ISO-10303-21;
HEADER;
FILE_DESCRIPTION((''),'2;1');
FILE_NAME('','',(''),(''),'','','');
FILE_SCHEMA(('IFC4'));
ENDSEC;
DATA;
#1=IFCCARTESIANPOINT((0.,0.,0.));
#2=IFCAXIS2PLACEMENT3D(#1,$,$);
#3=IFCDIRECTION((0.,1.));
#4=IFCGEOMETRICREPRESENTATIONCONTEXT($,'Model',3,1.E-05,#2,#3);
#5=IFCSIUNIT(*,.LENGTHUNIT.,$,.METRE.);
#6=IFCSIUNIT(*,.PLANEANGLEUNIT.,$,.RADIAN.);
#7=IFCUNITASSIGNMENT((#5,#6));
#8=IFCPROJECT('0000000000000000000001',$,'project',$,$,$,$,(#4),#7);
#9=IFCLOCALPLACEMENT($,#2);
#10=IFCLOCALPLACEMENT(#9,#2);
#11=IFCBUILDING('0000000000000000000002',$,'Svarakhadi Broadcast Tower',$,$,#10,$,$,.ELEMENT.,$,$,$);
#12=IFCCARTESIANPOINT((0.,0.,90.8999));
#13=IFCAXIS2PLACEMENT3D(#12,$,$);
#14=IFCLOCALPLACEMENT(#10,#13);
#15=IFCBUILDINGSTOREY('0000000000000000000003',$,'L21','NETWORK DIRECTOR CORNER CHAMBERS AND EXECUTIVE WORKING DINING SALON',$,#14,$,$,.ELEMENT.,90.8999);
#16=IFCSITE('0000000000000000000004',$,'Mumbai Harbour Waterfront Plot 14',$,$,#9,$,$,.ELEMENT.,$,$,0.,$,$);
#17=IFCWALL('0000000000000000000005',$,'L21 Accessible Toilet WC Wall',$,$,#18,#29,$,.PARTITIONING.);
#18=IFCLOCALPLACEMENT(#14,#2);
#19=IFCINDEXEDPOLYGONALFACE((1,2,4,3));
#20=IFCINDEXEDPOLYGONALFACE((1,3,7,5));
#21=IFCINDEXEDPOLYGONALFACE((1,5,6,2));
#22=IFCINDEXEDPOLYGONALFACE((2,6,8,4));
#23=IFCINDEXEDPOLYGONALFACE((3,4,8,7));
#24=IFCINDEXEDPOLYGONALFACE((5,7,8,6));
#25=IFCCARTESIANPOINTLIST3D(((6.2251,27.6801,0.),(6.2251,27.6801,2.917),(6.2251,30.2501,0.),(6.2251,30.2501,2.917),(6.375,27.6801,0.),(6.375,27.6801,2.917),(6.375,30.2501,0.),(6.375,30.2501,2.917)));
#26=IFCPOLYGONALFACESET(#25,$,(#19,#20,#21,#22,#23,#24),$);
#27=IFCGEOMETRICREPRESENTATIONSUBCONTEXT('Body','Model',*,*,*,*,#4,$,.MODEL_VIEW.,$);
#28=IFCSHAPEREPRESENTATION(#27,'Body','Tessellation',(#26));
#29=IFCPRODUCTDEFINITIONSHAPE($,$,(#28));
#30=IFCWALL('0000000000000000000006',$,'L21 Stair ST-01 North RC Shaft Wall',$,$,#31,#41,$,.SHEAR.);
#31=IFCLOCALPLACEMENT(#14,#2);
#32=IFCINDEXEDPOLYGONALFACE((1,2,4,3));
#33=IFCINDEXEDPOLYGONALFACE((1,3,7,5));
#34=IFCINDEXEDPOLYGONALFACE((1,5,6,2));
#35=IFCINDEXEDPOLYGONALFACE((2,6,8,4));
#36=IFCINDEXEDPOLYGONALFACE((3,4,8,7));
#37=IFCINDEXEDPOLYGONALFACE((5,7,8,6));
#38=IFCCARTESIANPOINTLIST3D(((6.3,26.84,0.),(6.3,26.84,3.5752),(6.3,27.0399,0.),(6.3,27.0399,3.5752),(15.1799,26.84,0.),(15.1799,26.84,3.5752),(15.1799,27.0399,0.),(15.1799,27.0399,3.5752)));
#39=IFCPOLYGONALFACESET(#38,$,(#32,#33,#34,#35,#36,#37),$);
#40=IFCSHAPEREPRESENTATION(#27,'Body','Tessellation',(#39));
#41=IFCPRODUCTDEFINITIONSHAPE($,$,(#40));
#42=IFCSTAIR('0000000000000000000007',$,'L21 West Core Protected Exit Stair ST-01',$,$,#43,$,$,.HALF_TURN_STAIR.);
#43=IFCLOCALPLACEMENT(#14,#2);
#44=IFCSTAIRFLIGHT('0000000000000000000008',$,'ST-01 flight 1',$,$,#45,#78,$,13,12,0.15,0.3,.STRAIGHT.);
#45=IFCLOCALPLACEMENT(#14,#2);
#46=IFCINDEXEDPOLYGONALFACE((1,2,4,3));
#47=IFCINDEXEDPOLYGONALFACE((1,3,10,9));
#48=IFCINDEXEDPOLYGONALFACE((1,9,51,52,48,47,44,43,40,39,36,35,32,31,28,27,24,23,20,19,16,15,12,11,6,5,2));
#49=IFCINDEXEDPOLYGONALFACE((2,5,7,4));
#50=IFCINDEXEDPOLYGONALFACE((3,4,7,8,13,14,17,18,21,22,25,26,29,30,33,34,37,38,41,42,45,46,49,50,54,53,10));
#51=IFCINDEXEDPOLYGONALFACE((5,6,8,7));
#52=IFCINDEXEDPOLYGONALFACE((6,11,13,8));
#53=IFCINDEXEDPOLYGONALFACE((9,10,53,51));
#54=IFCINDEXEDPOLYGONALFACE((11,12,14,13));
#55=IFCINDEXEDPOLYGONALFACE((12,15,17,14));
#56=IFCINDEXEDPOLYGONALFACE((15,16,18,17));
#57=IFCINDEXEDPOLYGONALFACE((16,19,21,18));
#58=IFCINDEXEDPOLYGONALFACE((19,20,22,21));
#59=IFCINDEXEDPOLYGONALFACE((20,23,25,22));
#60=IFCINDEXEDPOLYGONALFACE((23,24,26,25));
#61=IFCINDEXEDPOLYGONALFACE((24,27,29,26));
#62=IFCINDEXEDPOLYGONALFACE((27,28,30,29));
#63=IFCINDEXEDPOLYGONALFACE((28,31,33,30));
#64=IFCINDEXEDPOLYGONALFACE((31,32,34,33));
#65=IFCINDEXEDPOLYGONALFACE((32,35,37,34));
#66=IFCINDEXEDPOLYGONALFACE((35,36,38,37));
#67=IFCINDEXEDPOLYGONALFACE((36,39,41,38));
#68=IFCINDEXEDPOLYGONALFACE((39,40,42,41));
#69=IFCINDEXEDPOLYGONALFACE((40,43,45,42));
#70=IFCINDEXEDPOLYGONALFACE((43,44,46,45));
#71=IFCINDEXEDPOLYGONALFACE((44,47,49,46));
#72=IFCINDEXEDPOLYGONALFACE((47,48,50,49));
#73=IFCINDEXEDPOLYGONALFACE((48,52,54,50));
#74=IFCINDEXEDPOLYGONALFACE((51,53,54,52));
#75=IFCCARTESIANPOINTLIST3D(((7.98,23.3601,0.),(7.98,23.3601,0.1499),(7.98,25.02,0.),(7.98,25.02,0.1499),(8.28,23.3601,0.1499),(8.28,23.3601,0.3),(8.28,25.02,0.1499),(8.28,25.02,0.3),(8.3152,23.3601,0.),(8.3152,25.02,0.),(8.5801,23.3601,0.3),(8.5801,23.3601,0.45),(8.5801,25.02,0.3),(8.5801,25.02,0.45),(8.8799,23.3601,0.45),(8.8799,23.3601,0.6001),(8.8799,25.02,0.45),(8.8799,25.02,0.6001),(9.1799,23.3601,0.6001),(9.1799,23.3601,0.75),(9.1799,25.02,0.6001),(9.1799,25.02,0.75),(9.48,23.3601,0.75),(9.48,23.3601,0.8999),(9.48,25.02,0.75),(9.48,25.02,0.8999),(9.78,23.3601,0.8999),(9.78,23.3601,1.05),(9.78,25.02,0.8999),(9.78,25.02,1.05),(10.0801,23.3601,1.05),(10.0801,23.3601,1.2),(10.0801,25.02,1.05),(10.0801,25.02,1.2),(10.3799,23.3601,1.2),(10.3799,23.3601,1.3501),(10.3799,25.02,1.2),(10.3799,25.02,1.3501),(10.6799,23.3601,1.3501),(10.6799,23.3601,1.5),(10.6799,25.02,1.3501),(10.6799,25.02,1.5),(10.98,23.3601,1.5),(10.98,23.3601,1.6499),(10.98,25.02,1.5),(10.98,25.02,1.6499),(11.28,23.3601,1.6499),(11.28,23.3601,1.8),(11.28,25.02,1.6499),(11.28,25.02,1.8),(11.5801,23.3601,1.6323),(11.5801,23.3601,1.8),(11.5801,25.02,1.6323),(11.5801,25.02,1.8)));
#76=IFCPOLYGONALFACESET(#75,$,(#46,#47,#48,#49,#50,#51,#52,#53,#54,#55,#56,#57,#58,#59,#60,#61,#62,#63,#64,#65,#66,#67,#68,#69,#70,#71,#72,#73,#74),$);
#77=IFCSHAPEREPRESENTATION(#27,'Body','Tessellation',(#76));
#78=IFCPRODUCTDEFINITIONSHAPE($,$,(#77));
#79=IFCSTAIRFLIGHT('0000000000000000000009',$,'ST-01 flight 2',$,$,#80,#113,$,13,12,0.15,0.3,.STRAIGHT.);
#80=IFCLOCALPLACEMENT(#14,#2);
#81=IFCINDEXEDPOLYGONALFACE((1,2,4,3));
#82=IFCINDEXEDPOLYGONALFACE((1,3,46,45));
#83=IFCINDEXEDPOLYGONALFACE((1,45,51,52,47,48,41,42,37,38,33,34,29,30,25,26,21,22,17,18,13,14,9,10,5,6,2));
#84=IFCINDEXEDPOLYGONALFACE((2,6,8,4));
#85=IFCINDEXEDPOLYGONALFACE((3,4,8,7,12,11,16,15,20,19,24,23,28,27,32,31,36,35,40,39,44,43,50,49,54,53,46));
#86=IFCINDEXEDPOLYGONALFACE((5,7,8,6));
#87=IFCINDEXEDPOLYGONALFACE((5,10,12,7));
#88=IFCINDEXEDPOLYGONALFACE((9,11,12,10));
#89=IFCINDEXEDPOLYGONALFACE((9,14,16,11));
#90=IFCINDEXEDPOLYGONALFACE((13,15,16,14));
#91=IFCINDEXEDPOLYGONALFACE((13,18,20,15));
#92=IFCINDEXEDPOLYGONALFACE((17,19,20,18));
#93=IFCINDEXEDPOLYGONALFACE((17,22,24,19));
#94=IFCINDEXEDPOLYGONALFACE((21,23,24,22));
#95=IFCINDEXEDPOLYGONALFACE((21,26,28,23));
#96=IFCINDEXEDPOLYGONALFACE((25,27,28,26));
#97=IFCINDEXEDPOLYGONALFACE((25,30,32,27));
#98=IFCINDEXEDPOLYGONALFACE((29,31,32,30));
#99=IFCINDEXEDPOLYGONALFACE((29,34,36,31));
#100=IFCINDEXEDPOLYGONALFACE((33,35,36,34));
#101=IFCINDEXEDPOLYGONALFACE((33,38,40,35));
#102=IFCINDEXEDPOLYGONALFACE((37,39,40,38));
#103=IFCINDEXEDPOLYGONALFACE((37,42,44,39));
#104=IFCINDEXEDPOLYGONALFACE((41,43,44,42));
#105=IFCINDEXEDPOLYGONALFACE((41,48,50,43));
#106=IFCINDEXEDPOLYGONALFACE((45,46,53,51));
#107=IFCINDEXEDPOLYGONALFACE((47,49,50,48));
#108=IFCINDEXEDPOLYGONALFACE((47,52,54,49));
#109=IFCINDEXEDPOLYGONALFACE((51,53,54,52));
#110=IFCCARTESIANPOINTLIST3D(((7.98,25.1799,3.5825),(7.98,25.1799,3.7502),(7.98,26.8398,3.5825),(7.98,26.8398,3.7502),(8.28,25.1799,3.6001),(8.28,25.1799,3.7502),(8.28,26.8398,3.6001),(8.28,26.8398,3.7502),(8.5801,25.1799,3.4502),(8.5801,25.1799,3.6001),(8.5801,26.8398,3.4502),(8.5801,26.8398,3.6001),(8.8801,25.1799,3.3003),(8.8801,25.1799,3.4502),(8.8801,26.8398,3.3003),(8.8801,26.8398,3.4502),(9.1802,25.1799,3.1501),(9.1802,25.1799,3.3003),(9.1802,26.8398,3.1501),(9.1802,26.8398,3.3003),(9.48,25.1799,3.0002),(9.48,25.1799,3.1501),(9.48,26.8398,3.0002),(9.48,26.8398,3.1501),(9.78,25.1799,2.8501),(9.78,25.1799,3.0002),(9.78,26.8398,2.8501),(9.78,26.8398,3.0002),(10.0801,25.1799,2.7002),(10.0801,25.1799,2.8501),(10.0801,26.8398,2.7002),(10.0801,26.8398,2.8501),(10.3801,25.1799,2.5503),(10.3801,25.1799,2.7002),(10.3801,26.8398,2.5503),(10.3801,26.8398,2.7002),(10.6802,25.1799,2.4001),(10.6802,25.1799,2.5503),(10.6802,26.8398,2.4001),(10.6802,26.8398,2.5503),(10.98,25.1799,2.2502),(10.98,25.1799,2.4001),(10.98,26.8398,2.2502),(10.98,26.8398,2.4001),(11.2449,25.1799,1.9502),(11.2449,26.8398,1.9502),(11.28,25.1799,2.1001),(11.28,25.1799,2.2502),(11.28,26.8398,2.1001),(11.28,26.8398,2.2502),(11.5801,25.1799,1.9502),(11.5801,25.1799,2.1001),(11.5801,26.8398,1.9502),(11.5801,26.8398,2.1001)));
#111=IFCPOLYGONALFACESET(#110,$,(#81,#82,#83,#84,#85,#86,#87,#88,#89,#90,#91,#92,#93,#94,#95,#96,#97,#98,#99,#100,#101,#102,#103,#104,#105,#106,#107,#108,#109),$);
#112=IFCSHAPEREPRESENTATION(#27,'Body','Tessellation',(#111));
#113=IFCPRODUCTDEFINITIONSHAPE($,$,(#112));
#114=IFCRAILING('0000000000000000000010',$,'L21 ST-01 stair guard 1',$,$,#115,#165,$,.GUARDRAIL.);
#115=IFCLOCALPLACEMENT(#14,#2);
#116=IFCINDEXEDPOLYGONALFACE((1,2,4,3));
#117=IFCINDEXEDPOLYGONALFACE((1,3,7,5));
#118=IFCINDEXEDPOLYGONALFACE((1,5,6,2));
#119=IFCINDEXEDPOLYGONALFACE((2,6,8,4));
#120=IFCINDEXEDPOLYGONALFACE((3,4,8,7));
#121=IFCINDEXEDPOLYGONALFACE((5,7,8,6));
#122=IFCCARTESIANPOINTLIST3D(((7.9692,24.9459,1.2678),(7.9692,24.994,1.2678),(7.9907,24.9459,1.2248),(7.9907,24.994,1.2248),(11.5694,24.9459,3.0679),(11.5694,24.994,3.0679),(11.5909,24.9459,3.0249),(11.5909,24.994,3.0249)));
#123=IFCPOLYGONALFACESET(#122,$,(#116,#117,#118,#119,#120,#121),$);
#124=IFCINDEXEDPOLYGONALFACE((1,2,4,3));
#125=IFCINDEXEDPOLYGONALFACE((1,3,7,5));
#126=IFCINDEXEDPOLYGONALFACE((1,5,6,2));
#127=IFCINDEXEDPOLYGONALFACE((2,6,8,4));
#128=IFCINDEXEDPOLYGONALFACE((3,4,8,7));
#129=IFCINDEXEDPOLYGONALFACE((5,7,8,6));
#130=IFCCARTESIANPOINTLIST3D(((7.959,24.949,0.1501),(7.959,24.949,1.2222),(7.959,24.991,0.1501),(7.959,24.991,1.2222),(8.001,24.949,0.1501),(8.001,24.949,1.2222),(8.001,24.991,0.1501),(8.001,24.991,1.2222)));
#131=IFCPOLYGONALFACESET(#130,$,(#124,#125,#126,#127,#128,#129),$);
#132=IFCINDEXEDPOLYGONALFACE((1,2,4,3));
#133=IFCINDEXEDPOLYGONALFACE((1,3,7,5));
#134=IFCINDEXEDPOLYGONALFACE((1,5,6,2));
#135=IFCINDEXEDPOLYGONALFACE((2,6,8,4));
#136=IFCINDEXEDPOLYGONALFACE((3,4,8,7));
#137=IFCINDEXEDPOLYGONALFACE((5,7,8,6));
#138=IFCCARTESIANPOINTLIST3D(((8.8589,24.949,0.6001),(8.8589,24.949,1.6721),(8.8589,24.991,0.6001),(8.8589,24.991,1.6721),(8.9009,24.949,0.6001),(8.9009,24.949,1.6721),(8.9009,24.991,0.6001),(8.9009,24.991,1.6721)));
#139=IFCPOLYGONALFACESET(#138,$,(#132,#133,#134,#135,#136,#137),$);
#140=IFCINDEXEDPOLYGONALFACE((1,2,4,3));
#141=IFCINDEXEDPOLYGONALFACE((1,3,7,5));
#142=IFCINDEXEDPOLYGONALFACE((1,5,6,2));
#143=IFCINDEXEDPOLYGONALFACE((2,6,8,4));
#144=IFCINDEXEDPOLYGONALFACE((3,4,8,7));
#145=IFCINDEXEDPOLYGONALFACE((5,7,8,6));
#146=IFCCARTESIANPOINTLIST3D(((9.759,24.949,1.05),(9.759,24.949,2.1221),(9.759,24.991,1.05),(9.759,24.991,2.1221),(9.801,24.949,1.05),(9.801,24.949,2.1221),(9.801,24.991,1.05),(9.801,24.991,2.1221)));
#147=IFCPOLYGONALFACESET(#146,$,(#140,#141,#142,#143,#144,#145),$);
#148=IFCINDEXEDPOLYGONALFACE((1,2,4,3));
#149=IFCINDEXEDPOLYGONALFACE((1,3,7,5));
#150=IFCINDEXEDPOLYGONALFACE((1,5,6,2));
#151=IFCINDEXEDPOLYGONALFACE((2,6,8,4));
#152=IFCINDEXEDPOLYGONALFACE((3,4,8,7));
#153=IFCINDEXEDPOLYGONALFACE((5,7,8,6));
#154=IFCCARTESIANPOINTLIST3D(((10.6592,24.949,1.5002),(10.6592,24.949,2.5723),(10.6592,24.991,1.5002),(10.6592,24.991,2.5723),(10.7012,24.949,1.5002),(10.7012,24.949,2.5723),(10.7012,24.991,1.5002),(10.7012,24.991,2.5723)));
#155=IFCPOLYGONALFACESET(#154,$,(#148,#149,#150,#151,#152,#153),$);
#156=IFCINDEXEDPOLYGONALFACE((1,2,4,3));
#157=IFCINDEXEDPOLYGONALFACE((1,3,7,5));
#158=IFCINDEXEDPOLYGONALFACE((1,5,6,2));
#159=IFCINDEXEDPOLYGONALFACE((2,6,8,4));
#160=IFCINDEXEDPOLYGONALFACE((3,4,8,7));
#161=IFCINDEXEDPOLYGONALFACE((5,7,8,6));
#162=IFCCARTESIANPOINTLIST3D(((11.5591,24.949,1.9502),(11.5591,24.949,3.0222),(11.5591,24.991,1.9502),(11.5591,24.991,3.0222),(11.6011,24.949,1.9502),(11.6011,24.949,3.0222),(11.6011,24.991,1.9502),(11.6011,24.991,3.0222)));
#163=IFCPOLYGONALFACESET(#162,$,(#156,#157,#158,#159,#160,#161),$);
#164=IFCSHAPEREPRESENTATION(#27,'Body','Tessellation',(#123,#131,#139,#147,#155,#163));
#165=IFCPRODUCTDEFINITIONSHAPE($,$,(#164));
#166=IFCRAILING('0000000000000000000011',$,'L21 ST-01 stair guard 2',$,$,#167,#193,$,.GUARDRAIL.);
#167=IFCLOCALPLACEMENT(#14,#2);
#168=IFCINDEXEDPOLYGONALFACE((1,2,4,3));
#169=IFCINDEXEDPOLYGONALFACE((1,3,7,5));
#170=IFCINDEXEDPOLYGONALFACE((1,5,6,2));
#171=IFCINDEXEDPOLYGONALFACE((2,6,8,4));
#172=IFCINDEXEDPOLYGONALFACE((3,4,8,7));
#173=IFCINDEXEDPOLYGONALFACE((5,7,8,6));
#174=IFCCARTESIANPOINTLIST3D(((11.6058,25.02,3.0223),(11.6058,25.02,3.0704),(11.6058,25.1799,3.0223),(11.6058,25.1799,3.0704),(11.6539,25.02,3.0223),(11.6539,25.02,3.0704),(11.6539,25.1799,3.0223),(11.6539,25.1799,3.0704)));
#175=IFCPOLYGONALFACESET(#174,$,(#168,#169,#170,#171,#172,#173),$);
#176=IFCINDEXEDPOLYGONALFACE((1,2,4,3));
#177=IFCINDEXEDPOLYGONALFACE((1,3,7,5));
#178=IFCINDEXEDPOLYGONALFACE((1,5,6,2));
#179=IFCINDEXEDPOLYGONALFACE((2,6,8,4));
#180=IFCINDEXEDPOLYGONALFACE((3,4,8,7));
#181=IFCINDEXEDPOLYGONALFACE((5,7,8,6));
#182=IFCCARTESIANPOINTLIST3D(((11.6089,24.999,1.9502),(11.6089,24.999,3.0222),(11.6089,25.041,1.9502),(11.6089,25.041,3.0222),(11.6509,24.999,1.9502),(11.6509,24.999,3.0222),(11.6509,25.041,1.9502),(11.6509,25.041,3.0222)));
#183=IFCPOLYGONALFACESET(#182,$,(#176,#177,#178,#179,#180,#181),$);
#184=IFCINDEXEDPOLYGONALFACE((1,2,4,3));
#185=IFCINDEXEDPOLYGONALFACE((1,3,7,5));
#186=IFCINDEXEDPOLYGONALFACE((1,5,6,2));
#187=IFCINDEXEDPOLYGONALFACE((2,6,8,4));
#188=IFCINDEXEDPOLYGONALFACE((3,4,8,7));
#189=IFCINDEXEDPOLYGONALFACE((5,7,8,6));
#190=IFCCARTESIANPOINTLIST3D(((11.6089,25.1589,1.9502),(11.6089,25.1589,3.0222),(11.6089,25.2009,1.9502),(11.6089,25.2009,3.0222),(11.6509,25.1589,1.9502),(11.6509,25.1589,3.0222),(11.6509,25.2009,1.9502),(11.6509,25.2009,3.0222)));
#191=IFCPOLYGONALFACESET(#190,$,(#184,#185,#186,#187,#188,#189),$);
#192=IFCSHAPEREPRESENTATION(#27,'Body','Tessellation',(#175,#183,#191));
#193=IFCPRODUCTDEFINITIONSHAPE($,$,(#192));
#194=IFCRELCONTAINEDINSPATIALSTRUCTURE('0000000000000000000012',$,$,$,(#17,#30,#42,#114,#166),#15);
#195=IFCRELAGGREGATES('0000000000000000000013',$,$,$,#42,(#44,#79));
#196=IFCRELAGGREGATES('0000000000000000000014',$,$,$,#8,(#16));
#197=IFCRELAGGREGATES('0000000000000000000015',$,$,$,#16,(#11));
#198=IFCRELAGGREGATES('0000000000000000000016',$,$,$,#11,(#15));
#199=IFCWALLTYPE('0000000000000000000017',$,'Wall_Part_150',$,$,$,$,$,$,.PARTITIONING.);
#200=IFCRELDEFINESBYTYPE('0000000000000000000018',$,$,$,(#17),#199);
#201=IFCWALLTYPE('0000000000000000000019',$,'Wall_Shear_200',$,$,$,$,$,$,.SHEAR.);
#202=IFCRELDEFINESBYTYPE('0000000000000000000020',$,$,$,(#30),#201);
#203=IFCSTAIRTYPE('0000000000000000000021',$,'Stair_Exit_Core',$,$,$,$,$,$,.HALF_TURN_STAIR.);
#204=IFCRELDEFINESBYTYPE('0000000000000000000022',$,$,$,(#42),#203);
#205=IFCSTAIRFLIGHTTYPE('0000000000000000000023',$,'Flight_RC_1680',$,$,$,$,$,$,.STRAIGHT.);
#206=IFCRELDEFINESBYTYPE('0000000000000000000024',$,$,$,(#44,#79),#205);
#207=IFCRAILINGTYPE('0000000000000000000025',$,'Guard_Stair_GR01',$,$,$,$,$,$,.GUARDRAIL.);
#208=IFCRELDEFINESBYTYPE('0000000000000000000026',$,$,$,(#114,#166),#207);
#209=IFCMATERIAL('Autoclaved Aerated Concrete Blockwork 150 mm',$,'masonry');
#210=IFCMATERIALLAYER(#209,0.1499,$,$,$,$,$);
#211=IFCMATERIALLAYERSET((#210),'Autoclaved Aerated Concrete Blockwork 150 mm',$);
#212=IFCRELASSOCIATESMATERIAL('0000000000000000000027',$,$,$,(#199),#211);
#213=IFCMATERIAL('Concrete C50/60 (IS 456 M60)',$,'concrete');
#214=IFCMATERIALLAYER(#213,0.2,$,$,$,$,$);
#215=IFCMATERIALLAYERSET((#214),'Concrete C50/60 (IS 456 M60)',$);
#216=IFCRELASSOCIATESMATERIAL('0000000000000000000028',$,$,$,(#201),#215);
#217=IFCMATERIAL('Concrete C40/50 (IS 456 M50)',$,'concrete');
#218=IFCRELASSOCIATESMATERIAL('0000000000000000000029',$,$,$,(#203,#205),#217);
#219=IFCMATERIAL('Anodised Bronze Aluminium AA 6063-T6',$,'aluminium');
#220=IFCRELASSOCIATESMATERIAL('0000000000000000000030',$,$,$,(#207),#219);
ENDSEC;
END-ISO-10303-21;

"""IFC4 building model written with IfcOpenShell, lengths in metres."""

from ifc_helpers import new_model, si_unit, direction, frame, frame_2d, origin, origin_2d, place, context, subcontext, project, spatial, polyline, rectangle, outline, extrude, material, layer, layer_set, type_object, element, aggregate, save


model = new_model("IFC4")

# Units and contexts
model_context = context("Model", 3, precision=1e-05, world=origin(), true_north=direction((0.0, 1.0)))
body_context = subcontext(model_context, "Body", "Model", "MODEL_VIEW")
ifc_project = project(units=[si_unit("LENGTHUNIT", "METRE"), si_unit("PLANEANGLEUNIT", "RADIAN")], contexts=[model_context])

# Site, building, storey
site_placement = place(None, origin())
site = spatial("IfcSite", under=ifc_project, at=site_placement, Name="Mumbai Harbour Waterfront Plot 14", CompositionType="ELEMENT", RefElevation=0.0)
building_placement = place(site_placement, origin())
building = spatial("IfcBuilding", under=site, at=building_placement, Name="Svarakhadi Broadcast Tower", CompositionType="ELEMENT")
storey_placement = place(building_placement, frame((0.0, 0.0, 90.8999)))
storey = spatial("IfcBuildingStorey", under=building, at=storey_placement, Name="L21", Description="NETWORK DIRECTOR CORNER CHAMBERS AND EXECUTIVE WORKING DINING SALON", CompositionType="ELEMENT", Elevation=90.8999)

# Walls
ifc_material_1 = material(Name="Concrete C40/50 (IS 456 M50)", Category="concrete")
ifc_material_2 = material(Name="Autoclaved Aerated Concrete Blockwork 150 mm", Category="masonry")
ifc_layer_1 = layer(ifc_material_2, 0.1499)
ifc_layer_set_1 = layer_set([ifc_layer_1], Name="Autoclaved Aerated Concrete Blockwork 150 mm")
wall_type_1 = type_object("IfcWallType", Name="Wall_Part_150", PredefinedType="PARTITIONING", material=ifc_layer_set_1)
wall_1_placement = place(storey_placement, frame((6.3, 27.6799, 0.0), z_axis=(0.0, 0.0, 1.0), x_axis=(0.0, 1.0, 0.0)))
element("IfcWall", 1, at=wall_1_placement, inside=storey, type_object=wall_type_1, Name="L21 Accessible Toilet WC Wall", PredefinedType="PARTITIONING", context=body_context, shape_type="SweptSolid", body=[
    extrude(rectangle(XDim=2.5701, YDim=0.1499, at=frame_2d((1.2852, 0.0))), origin(), (0.0, 0.0, 1.0), 2.917),
])
ifc_material_3 = material(Name="Concrete C50/60 (IS 456 M60)", Category="concrete")
ifc_layer_2 = layer(ifc_material_3, 0.2)
ifc_layer_set_2 = layer_set([ifc_layer_2], Name="Concrete C50/60 (IS 456 M60)")
wall_type_2 = type_object("IfcWallType", Name="Wall_Shear_200", PredefinedType="SHEAR", material=ifc_layer_set_2)
wall_2_placement = place(storey_placement, frame((6.3, 26.9399, 0.0), z_axis=(0.0, 0.0, 1.0), x_axis=(1.0, 0.0, 0.0)))
element("IfcWall", 2, at=wall_2_placement, inside=storey, type_object=wall_type_2, Name="L21 Stair ST-01 North RC Shaft Wall", PredefinedType="SHEAR", context=body_context, shape_type="SweptSolid", body=[
    extrude(rectangle(XDim=8.8799, YDim=0.2, at=frame_2d((4.4399, 0.0))), origin(), (0.0, 0.0, 1.0), 3.5752),
])

# Stair, stair flights
stair_type = type_object("IfcStairType", Name="Stair_Exit_Core", PredefinedType="HALF_TURN_STAIR", material=ifc_material_1)
stair_placement = place(storey_placement, origin())
stair = element("IfcStair", 3, at=stair_placement, inside=storey, type_object=stair_type, Name="L21 West Core Protected Exit Stair ST-01", PredefinedType="HALF_TURN_STAIR")
stair_flight_type = type_object("IfcStairFlightType", Name="Flight_RC_1680", PredefinedType="STRAIGHT", material=ifc_material_1)
stair_flight_1_placement = place(storey_placement, frame((7.98, 24.1899, 0.0), z_axis=(0.0, 0.0, 1.0), x_axis=(1.0, 0.0, 0.0)))
stair_flight_1 = element("IfcStairFlight", 4, at=stair_flight_1_placement, type_object=stair_flight_type, Name="ST-01 flight 1", NumberOfRisers=13, NumberOfTreads=12, PredefinedType="STRAIGHT", RiserHeight=0.15, TreadLength=0.3, context=body_context, shape_type="SweptSolid", body=[
    extrude(outline(polyline([(0.0, 0.0), (0.0, 0.1499), (0.3, 0.1499), (0.3, 0.3), (0.6001, 0.3), (0.6001, 0.45), (0.8999, 0.45), (0.8999, 0.6001), (1.2, 0.6001), (1.2, 0.75), (1.5, 0.75), (1.5, 0.8999), (1.8, 0.8999), (1.8, 1.05), (2.1001, 1.05), (2.1001, 1.2), (2.3999, 1.2), (2.3999, 1.3501), (2.7, 1.3501), (2.7, 1.5), (3.0, 1.5), (3.0, 1.6499), (3.3, 1.6499), (3.3, 1.8), (3.6001, 1.8), (3.6001, 1.95), (3.6001, 1.6323), (0.3352, 0.0), (0.0, 0.0)])), frame((0.0, 0.8301, 0.0), z_axis=(0.0, -1.0, 0.0), x_axis=(1.0, 0.0, 0.0)), (0.0, 0.0, 1.0), 1.6599),
])
stair_flight_2_placement = place(storey_placement, frame((11.5801, 26.01, 1.9502), z_axis=(0.0, 0.0, 1.0), x_axis=(-1.0, 0.0, 0.0)))
stair_flight_2 = element("IfcStairFlight", 5, at=stair_flight_2_placement, type_object=stair_flight_type, Name="ST-01 flight 2", NumberOfRisers=13, NumberOfTreads=12, PredefinedType="STRAIGHT", RiserHeight=0.15, TreadLength=0.3, context=body_context, shape_type="SweptSolid", body=[
    extrude(outline(polyline([(0.0, 0.0), (0.0, 0.1499), (0.3, 0.1499), (0.3, 0.3), (0.6001, 0.3), (0.6001, 0.45), (0.8999, 0.45), (0.8999, 0.6001), (1.2, 0.6001), (1.2, 0.75), (1.5, 0.75), (1.5, 0.8999), (1.8, 0.8999), (1.8, 1.05), (2.1001, 1.05), (2.1001, 1.2), (2.3999, 1.2), (2.3999, 1.3501), (2.7, 1.3501), (2.7, 1.5), (3.0, 1.5), (3.0, 1.6499), (3.3, 1.6499), (3.3, 1.8), (3.6001, 1.8), (3.6001, 1.95), (3.6001, 1.6323), (0.3352, 0.0), (0.0, 0.0)])), frame((0.0, 0.8301, 0.0), z_axis=(0.0, -1.0, 0.0), x_axis=(1.0, 0.0, 0.0)), (0.0, 0.0, 1.0), 1.6599),
])
aggregate(stair, [stair_flight_1, stair_flight_2])

# Railings
ifc_material_4 = material(Name="Anodised Bronze Aluminium AA 6063-T6", Category="aluminium")
railing_type_1 = type_object("IfcRailingType", Name="Guard_Stair_GR01", PredefinedType="GUARDRAIL", material=ifc_material_4)
railing_1_placement = place(storey_placement, frame((7.98, 24.97, 0.1501)))
element("IfcRailing", 6, at=railing_1_placement, inside=storey, type_object=railing_type_1, Name="L21 ST-01 stair guard 1", PredefinedType="GUARDRAIL", context=body_context, shape_type="SweptSolid", body=[
    extrude(rectangle(XDim=0.0481, YDim=0.0481, at=origin_2d()), frame((0.0, 0.0, 1.0962), z_axis=(0.894427, 0.0, 0.447214), x_axis=(0.0, 1.0, 0.0)), (0.0, 0.0, 1.0), 4.0251),
    extrude(rectangle(XDim=0.042, YDim=0.042, at=origin_2d()), origin(), (0.0, 0.0, 1.0), 1.072),
    extrude(rectangle(XDim=0.042, YDim=0.042, at=origin_2d()), frame((0.8999, 0.0, 0.45)), (0.0, 0.0, 1.0), 1.072),
    extrude(rectangle(XDim=0.042, YDim=0.042, at=origin_2d()), frame((1.8, 0.0, 0.8999)), (0.0, 0.0, 1.0), 1.072),
    extrude(rectangle(XDim=0.042, YDim=0.042, at=origin_2d()), frame((2.7002, 0.0, 1.3501)), (0.0, 0.0, 1.0), 1.072),
    extrude(rectangle(XDim=0.042, YDim=0.042, at=origin_2d()), frame((3.6001, 0.0, 1.8)), (0.0, 0.0, 1.0), 1.072),
])
railing_2_placement = place(storey_placement, frame((11.6299, 25.02, 1.9502)))
element("IfcRailing", 7, at=railing_2_placement, inside=storey, type_object=railing_type_1, Name="L21 ST-01 stair guard 2", PredefinedType="GUARDRAIL", context=body_context, shape_type="SweptSolid", body=[
    extrude(rectangle(XDim=0.0481, YDim=0.0481, at=origin_2d()), frame((0.0, 0.0, 1.0962), z_axis=(0.0, 1.0, 0.0), x_axis=(-1.0, 0.0, 0.0)), (0.0, 0.0, 1.0), 0.1599),
    extrude(rectangle(XDim=0.042, YDim=0.042, at=origin_2d()), origin(), (0.0, 0.0, 1.0), 1.072),
    extrude(rectangle(XDim=0.042, YDim=0.042, at=origin_2d()), frame((0.0, 0.1599, 0.0)), (0.0, 0.0, 1.0), 1.072),
])

save(model, "model.ifc")
